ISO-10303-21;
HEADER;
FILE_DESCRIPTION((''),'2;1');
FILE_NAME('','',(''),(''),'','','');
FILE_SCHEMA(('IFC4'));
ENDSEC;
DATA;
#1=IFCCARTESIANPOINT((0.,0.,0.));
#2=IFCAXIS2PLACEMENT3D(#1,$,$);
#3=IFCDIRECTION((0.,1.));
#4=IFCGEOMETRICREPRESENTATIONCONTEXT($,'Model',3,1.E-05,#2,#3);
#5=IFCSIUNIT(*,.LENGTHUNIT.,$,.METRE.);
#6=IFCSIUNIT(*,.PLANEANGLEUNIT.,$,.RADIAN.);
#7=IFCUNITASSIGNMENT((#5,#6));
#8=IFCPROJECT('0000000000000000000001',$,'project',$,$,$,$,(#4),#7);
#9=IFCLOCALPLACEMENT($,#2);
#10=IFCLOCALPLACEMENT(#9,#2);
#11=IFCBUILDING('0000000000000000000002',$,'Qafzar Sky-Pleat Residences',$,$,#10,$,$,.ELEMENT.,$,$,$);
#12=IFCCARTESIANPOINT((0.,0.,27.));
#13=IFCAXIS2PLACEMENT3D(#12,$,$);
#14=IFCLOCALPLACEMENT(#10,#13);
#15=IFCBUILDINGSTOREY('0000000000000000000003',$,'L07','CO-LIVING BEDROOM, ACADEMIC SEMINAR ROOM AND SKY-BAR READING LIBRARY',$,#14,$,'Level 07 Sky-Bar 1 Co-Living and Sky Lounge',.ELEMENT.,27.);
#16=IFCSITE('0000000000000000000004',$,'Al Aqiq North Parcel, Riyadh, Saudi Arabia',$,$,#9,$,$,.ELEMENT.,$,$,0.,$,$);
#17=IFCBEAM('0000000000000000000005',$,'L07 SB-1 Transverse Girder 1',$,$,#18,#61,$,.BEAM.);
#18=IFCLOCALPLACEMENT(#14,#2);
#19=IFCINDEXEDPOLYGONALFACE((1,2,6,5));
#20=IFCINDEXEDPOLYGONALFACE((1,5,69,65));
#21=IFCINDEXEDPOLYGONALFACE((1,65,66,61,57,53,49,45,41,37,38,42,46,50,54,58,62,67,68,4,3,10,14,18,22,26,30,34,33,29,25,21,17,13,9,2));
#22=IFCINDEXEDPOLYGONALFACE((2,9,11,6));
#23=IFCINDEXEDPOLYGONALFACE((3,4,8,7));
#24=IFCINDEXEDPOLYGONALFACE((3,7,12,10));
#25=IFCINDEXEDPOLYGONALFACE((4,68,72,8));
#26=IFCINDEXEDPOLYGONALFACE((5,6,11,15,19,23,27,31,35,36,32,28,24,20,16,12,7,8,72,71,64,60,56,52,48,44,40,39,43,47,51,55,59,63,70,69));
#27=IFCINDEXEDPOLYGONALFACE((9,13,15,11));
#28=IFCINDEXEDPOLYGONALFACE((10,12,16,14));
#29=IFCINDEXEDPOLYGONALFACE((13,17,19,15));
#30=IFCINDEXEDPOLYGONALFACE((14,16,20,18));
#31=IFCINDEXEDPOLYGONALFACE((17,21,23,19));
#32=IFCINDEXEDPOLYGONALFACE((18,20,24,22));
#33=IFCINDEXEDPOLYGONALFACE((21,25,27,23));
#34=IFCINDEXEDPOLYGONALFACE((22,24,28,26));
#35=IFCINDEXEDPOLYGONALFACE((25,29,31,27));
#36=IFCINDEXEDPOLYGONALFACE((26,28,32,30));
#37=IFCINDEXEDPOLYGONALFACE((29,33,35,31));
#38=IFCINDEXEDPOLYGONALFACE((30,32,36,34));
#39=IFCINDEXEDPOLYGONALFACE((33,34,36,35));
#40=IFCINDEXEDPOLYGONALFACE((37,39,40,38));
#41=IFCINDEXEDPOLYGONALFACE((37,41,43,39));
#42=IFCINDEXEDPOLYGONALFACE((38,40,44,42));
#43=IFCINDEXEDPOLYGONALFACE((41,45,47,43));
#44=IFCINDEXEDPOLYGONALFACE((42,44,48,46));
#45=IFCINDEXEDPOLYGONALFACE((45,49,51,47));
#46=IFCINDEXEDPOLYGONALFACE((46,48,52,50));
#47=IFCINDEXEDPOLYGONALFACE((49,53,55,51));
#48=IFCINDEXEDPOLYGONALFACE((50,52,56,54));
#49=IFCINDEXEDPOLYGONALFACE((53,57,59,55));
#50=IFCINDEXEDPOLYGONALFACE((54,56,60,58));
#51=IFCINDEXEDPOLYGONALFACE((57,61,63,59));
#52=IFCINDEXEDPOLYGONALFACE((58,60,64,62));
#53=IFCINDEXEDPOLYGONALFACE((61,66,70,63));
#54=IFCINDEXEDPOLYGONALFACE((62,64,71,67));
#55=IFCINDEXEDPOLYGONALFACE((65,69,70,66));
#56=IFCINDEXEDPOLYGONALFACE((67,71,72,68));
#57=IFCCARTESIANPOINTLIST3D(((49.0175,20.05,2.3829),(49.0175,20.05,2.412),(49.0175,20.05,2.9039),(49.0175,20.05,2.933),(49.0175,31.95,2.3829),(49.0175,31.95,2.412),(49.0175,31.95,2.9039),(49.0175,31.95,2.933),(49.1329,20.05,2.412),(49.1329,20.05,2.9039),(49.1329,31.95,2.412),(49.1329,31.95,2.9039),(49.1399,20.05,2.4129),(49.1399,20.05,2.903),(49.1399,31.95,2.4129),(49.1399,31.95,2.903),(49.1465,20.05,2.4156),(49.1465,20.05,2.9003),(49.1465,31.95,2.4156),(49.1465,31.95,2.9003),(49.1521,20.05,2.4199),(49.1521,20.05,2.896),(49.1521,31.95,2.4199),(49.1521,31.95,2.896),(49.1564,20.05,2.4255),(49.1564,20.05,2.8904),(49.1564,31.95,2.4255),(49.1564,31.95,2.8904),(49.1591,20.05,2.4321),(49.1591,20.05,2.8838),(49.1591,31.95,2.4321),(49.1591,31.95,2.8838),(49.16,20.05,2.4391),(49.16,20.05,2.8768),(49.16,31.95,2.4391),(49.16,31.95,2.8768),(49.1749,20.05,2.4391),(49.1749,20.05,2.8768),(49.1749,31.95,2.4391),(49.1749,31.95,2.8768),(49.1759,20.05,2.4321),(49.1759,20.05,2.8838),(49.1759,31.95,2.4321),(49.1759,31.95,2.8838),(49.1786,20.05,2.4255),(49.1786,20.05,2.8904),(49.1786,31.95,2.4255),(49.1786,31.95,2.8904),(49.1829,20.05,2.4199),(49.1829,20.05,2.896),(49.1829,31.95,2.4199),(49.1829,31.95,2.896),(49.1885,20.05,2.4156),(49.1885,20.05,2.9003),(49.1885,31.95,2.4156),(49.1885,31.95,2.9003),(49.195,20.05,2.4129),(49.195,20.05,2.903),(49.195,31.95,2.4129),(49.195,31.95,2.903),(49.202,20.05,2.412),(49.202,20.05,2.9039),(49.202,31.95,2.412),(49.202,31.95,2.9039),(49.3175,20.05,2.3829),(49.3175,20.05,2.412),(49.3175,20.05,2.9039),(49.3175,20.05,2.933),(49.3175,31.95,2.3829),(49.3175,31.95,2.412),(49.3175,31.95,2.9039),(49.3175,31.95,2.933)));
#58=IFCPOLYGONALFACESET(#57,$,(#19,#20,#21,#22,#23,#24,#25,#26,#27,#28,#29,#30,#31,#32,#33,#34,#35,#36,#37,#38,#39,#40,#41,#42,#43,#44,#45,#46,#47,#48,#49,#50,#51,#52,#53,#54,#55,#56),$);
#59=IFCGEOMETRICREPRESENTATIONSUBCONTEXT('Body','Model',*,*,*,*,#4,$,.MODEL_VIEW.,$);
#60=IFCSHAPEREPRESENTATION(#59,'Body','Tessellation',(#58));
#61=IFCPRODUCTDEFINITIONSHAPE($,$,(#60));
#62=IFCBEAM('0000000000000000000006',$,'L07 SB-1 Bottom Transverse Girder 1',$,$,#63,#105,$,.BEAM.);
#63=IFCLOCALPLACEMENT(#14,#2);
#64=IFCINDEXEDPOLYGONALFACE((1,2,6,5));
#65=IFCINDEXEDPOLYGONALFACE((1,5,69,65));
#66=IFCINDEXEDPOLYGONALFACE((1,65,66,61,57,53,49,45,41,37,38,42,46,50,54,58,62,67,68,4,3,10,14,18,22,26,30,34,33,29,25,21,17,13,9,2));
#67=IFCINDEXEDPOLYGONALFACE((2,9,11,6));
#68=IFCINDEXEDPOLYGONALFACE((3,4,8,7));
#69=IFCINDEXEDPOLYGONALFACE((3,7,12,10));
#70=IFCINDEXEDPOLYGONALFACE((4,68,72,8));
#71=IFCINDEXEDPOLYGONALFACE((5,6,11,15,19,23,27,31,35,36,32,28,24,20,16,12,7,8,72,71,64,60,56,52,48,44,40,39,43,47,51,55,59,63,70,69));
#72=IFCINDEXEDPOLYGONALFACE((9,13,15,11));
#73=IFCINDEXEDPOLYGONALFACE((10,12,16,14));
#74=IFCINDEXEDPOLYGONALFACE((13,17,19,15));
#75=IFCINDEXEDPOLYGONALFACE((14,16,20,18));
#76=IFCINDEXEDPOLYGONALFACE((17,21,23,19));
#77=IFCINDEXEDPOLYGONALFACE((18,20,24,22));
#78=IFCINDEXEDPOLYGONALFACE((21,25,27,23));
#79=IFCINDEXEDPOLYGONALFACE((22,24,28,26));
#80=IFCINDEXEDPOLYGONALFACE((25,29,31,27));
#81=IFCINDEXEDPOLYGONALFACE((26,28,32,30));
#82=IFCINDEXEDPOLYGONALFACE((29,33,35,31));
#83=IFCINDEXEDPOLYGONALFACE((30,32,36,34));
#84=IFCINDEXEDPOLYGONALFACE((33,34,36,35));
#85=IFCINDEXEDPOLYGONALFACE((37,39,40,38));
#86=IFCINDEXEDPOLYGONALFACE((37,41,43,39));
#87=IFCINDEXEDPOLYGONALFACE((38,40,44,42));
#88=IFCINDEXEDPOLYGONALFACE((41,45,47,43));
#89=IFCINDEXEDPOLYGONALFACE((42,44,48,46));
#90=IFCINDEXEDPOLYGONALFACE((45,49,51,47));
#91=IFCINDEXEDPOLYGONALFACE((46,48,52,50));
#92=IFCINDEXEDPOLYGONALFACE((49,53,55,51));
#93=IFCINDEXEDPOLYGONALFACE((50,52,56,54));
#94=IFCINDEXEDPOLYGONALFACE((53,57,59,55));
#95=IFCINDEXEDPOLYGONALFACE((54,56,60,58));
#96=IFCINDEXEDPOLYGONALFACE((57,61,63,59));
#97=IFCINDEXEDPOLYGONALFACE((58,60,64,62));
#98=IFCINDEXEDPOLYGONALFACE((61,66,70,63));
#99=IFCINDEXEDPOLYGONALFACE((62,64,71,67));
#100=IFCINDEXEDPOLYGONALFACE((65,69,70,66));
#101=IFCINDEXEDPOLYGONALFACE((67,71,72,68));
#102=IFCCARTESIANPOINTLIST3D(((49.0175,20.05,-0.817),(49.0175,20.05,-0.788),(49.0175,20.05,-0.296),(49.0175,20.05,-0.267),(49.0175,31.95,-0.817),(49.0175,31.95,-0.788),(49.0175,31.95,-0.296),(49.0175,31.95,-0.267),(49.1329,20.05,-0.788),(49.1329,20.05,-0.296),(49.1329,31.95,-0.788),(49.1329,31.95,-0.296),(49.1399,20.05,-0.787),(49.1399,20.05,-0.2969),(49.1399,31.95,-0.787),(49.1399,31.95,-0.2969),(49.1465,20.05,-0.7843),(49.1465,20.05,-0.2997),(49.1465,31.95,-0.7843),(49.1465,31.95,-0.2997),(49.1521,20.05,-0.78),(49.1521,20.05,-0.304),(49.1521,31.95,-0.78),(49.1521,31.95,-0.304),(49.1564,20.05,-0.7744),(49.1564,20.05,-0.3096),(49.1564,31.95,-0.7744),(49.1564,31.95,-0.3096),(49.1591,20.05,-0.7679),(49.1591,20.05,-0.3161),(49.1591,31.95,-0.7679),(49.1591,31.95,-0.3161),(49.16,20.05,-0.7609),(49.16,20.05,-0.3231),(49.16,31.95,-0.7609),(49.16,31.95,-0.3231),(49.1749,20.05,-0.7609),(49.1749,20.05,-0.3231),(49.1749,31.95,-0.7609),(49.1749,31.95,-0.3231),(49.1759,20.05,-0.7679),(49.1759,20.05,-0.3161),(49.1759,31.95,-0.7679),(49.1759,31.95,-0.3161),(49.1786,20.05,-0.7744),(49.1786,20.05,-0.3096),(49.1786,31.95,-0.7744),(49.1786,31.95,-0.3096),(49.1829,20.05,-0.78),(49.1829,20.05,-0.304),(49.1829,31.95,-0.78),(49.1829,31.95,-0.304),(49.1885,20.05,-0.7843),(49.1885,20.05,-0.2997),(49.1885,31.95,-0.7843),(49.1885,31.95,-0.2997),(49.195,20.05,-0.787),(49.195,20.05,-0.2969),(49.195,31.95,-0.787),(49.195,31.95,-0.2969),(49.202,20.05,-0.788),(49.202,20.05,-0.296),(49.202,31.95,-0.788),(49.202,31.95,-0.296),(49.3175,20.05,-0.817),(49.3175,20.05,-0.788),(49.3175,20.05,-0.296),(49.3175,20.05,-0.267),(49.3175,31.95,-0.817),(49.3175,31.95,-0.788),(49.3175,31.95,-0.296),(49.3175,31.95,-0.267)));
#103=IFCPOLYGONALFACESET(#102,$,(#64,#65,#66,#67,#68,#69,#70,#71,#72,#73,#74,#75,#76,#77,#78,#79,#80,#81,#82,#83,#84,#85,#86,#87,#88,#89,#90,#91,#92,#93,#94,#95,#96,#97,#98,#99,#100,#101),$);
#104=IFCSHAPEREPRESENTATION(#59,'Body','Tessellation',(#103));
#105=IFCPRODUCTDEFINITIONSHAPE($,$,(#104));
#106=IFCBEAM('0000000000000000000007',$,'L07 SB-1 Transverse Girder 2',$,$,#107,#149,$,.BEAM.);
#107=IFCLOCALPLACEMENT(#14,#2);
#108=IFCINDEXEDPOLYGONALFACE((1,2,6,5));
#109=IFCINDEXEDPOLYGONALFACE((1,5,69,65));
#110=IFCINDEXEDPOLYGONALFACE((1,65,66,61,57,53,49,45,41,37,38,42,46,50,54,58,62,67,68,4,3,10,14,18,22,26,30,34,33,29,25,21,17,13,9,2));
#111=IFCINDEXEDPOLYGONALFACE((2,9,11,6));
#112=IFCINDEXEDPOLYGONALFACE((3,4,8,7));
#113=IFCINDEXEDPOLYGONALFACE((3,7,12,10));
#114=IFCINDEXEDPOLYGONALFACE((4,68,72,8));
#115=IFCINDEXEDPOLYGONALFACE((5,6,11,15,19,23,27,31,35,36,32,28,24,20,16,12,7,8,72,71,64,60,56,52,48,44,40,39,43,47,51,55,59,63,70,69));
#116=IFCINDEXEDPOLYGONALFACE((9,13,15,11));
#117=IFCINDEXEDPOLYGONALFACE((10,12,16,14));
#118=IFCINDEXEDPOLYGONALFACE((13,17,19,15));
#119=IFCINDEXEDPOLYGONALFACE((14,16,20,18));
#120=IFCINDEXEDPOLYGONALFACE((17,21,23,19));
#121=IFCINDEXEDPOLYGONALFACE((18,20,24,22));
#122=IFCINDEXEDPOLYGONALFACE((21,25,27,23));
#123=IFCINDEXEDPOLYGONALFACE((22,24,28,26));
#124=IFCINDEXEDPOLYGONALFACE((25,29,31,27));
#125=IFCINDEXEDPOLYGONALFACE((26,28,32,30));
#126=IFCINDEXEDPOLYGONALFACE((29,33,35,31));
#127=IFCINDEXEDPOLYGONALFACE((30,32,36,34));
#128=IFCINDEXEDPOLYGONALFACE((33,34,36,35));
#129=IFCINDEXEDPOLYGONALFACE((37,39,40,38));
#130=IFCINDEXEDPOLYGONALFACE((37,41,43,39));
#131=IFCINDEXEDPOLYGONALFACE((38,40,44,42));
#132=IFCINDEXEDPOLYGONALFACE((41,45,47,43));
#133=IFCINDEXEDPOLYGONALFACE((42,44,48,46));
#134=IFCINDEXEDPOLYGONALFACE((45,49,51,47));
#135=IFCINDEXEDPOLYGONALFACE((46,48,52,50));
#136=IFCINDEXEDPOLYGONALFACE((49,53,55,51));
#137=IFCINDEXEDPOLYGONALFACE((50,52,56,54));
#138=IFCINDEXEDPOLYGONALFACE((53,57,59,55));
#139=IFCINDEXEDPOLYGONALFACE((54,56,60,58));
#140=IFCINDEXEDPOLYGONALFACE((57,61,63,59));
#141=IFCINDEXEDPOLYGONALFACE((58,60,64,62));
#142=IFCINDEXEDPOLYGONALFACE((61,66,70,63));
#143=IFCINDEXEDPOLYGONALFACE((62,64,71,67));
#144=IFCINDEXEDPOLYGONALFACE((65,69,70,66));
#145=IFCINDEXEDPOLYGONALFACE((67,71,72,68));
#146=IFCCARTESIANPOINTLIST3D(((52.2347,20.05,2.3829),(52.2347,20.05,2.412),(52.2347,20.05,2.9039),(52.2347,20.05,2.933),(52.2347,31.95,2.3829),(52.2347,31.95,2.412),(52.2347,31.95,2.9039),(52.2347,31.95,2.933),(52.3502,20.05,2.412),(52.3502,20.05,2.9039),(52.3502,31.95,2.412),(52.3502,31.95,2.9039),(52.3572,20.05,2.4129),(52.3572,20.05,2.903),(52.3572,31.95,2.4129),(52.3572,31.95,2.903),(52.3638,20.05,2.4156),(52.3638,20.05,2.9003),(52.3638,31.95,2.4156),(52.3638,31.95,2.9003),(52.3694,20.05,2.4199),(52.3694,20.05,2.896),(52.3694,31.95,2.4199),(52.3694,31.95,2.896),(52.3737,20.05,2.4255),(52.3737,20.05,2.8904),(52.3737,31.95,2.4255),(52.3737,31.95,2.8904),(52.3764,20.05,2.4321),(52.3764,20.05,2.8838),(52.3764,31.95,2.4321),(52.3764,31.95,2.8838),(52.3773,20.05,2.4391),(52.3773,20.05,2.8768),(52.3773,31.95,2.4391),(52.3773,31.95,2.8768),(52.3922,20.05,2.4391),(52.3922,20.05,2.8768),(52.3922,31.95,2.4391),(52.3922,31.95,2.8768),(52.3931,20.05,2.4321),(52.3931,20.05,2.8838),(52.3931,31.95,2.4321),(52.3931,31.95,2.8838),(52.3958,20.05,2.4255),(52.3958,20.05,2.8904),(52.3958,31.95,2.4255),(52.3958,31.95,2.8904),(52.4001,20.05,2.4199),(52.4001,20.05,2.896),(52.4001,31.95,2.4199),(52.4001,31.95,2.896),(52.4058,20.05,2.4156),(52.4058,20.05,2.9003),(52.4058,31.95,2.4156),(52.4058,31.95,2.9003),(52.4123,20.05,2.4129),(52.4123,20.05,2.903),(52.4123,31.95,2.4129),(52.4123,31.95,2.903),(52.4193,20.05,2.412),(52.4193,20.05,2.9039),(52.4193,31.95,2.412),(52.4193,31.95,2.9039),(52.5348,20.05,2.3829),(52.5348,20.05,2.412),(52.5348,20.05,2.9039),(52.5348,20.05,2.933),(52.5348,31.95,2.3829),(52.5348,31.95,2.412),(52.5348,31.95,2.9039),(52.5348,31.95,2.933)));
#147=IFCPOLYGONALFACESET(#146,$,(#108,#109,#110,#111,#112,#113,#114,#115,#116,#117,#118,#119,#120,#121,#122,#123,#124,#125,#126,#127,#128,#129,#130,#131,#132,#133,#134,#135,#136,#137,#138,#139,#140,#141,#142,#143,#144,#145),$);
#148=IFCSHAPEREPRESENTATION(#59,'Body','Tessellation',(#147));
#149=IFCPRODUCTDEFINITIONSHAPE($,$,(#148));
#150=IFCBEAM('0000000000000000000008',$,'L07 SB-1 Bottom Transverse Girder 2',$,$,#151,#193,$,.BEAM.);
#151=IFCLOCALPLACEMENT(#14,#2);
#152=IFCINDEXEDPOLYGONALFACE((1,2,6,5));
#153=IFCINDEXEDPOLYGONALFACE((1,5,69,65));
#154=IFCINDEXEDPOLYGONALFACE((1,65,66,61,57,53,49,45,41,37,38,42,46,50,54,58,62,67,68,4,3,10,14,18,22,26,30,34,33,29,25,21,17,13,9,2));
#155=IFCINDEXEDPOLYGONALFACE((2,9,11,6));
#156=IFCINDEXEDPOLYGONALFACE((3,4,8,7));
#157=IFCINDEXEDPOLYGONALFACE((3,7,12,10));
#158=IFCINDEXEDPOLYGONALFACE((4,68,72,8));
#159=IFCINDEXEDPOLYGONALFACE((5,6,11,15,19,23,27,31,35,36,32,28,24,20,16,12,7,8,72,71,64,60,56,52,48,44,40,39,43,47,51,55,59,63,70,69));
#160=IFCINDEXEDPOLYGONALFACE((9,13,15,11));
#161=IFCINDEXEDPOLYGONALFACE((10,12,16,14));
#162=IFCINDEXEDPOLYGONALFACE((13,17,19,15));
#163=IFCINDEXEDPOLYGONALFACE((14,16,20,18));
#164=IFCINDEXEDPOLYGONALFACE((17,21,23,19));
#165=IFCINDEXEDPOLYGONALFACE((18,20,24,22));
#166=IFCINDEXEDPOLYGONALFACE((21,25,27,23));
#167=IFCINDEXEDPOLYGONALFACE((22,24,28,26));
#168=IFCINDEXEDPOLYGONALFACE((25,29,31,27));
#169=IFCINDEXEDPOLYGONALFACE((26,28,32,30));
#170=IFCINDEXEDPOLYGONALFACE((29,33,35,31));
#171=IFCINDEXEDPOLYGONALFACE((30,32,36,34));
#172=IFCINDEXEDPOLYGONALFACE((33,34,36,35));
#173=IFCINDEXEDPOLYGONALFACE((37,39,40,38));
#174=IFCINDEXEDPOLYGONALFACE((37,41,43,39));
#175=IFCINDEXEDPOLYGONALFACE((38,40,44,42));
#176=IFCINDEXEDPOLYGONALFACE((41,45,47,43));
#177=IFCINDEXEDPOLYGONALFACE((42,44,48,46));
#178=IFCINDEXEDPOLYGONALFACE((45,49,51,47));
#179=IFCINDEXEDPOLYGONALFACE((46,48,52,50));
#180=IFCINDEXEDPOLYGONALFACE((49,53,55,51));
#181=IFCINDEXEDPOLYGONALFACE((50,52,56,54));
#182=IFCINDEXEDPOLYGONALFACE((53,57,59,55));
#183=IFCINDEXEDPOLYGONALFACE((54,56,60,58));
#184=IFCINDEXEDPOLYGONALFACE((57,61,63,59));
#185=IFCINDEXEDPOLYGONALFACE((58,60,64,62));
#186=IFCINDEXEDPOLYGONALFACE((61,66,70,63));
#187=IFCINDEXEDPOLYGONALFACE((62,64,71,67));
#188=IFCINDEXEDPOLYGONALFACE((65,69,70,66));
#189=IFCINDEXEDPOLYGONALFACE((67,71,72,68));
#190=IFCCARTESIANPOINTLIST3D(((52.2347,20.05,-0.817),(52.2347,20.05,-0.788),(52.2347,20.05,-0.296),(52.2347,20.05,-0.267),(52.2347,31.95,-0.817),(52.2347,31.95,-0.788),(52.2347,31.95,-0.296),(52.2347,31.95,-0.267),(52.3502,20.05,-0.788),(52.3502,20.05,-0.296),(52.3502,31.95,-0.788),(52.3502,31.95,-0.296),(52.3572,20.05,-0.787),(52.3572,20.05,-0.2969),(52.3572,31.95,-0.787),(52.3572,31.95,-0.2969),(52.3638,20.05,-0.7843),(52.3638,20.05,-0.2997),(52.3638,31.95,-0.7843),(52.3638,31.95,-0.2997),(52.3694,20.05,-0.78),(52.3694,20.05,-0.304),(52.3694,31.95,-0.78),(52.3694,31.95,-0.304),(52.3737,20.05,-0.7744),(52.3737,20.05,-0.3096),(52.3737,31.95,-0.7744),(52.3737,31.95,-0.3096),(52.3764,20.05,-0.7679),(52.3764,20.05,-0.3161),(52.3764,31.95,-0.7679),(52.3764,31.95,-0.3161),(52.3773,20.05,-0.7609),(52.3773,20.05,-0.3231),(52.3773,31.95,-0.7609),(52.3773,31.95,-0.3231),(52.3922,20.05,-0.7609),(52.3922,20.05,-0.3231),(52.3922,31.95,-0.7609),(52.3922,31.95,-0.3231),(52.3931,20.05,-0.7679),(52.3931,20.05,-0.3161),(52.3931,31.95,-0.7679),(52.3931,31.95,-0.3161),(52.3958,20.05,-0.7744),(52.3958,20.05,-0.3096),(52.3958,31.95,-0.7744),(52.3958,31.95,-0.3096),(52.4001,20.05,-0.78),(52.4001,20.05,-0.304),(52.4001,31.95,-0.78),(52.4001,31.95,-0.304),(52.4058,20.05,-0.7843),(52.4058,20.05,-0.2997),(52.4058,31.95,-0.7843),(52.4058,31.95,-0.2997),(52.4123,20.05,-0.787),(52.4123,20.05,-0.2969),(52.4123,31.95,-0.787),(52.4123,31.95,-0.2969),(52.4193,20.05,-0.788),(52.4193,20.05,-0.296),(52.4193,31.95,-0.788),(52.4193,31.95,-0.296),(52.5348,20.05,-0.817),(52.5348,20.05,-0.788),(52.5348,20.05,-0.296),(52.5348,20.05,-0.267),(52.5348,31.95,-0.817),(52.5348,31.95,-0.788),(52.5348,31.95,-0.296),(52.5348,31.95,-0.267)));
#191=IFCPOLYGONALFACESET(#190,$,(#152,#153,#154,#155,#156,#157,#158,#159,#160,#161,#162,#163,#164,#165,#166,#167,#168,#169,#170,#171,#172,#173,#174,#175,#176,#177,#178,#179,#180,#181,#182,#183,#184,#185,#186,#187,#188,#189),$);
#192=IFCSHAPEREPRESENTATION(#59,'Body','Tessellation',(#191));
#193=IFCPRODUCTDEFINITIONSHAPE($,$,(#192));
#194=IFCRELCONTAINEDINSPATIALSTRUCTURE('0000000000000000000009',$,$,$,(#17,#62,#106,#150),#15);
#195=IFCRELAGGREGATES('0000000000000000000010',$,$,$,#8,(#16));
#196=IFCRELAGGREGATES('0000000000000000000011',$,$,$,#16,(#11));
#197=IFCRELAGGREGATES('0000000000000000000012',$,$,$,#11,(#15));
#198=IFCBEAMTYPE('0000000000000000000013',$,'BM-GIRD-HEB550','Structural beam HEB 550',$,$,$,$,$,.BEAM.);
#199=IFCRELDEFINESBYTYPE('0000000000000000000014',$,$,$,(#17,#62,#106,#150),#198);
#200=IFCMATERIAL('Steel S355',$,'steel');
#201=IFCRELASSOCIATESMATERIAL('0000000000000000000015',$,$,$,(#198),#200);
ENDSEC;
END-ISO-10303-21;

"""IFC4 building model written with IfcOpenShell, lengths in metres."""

from ifc_helpers import new_model, si_unit, direction, frame, origin, origin_2d, place, context, subcontext, project, spatial, i_section, extrude, source, transform, mapped, material, material_profile, profile_set, type_object, element, save


model = new_model("IFC4")

# Units and contexts
model_context = context("Model", 3, precision=1e-05, world=origin(), true_north=direction((0.0, 1.0)))
body_context = subcontext(model_context, "Body", "Model", "MODEL_VIEW")
ifc_project = project(units=[si_unit("LENGTHUNIT", "METRE"), si_unit("PLANEANGLEUNIT", "RADIAN")], contexts=[model_context])

# Site, building, storey
site_placement = place(None, origin())
site = spatial("IfcSite", under=ifc_project, at=site_placement, Name="Al Aqiq North Parcel, Riyadh, Saudi Arabia", CompositionType="ELEMENT", RefElevation=0.0)
building_placement = place(site_placement, origin())
building = spatial("IfcBuilding", under=site, at=building_placement, Name="Qafzar Sky-Pleat Residences", CompositionType="ELEMENT")
storey_placement = place(building_placement, frame((0.0, 0.0, 27.0)))
storey = spatial("IfcBuildingStorey", under=building, at=storey_placement, Name="L07", Description="CO-LIVING BEDROOM, ACADEMIC SEMINAR ROOM AND SKY-BAR READING LIBRARY", LongName="Level 07 Sky-Bar 1 Co-Living and Sky Lounge", CompositionType="ELEMENT", Elevation=27.0)

# Shared definitions
ifc_material_1 = material(Name="Steel S355", Category="steel")

# Beams
ifc_material_profile_1 = material_profile(ifc_material_1, i_section(OverallWidth=0.3, OverallDepth=0.55, WebThickness=0.0149, FlangeThickness=0.0291, FilletRadius=0.0271, at=origin_2d()), Name="HEB 550")
ifc_profile_set_1 = profile_set([ifc_material_profile_1], Name="Steel S355")
beam_type_1 = type_object("IfcBeamType", Name="BM-GIRD-HEB550", Description="Structural beam HEB 550", PredefinedType="BEAM", material=ifc_profile_set_1)
shared_shape_1 = source(origin(), body_context, "Body", "SweptSolid", [
    extrude(i_section(OverallWidth=0.3, OverallDepth=0.55, WebThickness=0.0149, FlangeThickness=0.0291, FilletRadius=0.0271, at=origin_2d()), origin(), (0.0, 0.0, 1.0), 11.8999),
])
for number, where, z_axis, x_axis, name in (
    (1, (49.1675, 31.95, 2.658), (0.0, -1.0, 0.0), (1.0, 0.0, 0.0), "L07 SB-1 Transverse Girder 1"),
    (2, (49.1675, 31.95, -0.542), (0.0, -1.0, 0.0), (1.0, 0.0, 0.0), "L07 SB-1 Bottom Transverse Girder 1"),
    (3, (52.3848, 31.95, 2.658), (0.0, -1.0, 0.0), (1.0, 0.0, 0.0), "L07 SB-1 Transverse Girder 2"),
    (4, (52.3848, 31.95, -0.542), (0.0, -1.0, 0.0), (1.0, 0.0, 0.0), "L07 SB-1 Bottom Transverse Girder 2"),
):
    element("IfcBeam", number, at=place(storey_placement, frame(where, z_axis=z_axis, x_axis=x_axis)), inside=storey, type_object=beam_type_1, Name=name, PredefinedType="BEAM", context=body_context, shape_type="MappedRepresentation", body=[
        mapped(shared_shape_1, transform((0.0, 0.0, 0.0), x_axis=(1.0, 0.0, 0.0), y_axis=(0.0, 1.0, 0.0), z_axis=(0.0, 0.0, 1.0), scale=1.0)),
    ])

save(model, "model.ifc")
